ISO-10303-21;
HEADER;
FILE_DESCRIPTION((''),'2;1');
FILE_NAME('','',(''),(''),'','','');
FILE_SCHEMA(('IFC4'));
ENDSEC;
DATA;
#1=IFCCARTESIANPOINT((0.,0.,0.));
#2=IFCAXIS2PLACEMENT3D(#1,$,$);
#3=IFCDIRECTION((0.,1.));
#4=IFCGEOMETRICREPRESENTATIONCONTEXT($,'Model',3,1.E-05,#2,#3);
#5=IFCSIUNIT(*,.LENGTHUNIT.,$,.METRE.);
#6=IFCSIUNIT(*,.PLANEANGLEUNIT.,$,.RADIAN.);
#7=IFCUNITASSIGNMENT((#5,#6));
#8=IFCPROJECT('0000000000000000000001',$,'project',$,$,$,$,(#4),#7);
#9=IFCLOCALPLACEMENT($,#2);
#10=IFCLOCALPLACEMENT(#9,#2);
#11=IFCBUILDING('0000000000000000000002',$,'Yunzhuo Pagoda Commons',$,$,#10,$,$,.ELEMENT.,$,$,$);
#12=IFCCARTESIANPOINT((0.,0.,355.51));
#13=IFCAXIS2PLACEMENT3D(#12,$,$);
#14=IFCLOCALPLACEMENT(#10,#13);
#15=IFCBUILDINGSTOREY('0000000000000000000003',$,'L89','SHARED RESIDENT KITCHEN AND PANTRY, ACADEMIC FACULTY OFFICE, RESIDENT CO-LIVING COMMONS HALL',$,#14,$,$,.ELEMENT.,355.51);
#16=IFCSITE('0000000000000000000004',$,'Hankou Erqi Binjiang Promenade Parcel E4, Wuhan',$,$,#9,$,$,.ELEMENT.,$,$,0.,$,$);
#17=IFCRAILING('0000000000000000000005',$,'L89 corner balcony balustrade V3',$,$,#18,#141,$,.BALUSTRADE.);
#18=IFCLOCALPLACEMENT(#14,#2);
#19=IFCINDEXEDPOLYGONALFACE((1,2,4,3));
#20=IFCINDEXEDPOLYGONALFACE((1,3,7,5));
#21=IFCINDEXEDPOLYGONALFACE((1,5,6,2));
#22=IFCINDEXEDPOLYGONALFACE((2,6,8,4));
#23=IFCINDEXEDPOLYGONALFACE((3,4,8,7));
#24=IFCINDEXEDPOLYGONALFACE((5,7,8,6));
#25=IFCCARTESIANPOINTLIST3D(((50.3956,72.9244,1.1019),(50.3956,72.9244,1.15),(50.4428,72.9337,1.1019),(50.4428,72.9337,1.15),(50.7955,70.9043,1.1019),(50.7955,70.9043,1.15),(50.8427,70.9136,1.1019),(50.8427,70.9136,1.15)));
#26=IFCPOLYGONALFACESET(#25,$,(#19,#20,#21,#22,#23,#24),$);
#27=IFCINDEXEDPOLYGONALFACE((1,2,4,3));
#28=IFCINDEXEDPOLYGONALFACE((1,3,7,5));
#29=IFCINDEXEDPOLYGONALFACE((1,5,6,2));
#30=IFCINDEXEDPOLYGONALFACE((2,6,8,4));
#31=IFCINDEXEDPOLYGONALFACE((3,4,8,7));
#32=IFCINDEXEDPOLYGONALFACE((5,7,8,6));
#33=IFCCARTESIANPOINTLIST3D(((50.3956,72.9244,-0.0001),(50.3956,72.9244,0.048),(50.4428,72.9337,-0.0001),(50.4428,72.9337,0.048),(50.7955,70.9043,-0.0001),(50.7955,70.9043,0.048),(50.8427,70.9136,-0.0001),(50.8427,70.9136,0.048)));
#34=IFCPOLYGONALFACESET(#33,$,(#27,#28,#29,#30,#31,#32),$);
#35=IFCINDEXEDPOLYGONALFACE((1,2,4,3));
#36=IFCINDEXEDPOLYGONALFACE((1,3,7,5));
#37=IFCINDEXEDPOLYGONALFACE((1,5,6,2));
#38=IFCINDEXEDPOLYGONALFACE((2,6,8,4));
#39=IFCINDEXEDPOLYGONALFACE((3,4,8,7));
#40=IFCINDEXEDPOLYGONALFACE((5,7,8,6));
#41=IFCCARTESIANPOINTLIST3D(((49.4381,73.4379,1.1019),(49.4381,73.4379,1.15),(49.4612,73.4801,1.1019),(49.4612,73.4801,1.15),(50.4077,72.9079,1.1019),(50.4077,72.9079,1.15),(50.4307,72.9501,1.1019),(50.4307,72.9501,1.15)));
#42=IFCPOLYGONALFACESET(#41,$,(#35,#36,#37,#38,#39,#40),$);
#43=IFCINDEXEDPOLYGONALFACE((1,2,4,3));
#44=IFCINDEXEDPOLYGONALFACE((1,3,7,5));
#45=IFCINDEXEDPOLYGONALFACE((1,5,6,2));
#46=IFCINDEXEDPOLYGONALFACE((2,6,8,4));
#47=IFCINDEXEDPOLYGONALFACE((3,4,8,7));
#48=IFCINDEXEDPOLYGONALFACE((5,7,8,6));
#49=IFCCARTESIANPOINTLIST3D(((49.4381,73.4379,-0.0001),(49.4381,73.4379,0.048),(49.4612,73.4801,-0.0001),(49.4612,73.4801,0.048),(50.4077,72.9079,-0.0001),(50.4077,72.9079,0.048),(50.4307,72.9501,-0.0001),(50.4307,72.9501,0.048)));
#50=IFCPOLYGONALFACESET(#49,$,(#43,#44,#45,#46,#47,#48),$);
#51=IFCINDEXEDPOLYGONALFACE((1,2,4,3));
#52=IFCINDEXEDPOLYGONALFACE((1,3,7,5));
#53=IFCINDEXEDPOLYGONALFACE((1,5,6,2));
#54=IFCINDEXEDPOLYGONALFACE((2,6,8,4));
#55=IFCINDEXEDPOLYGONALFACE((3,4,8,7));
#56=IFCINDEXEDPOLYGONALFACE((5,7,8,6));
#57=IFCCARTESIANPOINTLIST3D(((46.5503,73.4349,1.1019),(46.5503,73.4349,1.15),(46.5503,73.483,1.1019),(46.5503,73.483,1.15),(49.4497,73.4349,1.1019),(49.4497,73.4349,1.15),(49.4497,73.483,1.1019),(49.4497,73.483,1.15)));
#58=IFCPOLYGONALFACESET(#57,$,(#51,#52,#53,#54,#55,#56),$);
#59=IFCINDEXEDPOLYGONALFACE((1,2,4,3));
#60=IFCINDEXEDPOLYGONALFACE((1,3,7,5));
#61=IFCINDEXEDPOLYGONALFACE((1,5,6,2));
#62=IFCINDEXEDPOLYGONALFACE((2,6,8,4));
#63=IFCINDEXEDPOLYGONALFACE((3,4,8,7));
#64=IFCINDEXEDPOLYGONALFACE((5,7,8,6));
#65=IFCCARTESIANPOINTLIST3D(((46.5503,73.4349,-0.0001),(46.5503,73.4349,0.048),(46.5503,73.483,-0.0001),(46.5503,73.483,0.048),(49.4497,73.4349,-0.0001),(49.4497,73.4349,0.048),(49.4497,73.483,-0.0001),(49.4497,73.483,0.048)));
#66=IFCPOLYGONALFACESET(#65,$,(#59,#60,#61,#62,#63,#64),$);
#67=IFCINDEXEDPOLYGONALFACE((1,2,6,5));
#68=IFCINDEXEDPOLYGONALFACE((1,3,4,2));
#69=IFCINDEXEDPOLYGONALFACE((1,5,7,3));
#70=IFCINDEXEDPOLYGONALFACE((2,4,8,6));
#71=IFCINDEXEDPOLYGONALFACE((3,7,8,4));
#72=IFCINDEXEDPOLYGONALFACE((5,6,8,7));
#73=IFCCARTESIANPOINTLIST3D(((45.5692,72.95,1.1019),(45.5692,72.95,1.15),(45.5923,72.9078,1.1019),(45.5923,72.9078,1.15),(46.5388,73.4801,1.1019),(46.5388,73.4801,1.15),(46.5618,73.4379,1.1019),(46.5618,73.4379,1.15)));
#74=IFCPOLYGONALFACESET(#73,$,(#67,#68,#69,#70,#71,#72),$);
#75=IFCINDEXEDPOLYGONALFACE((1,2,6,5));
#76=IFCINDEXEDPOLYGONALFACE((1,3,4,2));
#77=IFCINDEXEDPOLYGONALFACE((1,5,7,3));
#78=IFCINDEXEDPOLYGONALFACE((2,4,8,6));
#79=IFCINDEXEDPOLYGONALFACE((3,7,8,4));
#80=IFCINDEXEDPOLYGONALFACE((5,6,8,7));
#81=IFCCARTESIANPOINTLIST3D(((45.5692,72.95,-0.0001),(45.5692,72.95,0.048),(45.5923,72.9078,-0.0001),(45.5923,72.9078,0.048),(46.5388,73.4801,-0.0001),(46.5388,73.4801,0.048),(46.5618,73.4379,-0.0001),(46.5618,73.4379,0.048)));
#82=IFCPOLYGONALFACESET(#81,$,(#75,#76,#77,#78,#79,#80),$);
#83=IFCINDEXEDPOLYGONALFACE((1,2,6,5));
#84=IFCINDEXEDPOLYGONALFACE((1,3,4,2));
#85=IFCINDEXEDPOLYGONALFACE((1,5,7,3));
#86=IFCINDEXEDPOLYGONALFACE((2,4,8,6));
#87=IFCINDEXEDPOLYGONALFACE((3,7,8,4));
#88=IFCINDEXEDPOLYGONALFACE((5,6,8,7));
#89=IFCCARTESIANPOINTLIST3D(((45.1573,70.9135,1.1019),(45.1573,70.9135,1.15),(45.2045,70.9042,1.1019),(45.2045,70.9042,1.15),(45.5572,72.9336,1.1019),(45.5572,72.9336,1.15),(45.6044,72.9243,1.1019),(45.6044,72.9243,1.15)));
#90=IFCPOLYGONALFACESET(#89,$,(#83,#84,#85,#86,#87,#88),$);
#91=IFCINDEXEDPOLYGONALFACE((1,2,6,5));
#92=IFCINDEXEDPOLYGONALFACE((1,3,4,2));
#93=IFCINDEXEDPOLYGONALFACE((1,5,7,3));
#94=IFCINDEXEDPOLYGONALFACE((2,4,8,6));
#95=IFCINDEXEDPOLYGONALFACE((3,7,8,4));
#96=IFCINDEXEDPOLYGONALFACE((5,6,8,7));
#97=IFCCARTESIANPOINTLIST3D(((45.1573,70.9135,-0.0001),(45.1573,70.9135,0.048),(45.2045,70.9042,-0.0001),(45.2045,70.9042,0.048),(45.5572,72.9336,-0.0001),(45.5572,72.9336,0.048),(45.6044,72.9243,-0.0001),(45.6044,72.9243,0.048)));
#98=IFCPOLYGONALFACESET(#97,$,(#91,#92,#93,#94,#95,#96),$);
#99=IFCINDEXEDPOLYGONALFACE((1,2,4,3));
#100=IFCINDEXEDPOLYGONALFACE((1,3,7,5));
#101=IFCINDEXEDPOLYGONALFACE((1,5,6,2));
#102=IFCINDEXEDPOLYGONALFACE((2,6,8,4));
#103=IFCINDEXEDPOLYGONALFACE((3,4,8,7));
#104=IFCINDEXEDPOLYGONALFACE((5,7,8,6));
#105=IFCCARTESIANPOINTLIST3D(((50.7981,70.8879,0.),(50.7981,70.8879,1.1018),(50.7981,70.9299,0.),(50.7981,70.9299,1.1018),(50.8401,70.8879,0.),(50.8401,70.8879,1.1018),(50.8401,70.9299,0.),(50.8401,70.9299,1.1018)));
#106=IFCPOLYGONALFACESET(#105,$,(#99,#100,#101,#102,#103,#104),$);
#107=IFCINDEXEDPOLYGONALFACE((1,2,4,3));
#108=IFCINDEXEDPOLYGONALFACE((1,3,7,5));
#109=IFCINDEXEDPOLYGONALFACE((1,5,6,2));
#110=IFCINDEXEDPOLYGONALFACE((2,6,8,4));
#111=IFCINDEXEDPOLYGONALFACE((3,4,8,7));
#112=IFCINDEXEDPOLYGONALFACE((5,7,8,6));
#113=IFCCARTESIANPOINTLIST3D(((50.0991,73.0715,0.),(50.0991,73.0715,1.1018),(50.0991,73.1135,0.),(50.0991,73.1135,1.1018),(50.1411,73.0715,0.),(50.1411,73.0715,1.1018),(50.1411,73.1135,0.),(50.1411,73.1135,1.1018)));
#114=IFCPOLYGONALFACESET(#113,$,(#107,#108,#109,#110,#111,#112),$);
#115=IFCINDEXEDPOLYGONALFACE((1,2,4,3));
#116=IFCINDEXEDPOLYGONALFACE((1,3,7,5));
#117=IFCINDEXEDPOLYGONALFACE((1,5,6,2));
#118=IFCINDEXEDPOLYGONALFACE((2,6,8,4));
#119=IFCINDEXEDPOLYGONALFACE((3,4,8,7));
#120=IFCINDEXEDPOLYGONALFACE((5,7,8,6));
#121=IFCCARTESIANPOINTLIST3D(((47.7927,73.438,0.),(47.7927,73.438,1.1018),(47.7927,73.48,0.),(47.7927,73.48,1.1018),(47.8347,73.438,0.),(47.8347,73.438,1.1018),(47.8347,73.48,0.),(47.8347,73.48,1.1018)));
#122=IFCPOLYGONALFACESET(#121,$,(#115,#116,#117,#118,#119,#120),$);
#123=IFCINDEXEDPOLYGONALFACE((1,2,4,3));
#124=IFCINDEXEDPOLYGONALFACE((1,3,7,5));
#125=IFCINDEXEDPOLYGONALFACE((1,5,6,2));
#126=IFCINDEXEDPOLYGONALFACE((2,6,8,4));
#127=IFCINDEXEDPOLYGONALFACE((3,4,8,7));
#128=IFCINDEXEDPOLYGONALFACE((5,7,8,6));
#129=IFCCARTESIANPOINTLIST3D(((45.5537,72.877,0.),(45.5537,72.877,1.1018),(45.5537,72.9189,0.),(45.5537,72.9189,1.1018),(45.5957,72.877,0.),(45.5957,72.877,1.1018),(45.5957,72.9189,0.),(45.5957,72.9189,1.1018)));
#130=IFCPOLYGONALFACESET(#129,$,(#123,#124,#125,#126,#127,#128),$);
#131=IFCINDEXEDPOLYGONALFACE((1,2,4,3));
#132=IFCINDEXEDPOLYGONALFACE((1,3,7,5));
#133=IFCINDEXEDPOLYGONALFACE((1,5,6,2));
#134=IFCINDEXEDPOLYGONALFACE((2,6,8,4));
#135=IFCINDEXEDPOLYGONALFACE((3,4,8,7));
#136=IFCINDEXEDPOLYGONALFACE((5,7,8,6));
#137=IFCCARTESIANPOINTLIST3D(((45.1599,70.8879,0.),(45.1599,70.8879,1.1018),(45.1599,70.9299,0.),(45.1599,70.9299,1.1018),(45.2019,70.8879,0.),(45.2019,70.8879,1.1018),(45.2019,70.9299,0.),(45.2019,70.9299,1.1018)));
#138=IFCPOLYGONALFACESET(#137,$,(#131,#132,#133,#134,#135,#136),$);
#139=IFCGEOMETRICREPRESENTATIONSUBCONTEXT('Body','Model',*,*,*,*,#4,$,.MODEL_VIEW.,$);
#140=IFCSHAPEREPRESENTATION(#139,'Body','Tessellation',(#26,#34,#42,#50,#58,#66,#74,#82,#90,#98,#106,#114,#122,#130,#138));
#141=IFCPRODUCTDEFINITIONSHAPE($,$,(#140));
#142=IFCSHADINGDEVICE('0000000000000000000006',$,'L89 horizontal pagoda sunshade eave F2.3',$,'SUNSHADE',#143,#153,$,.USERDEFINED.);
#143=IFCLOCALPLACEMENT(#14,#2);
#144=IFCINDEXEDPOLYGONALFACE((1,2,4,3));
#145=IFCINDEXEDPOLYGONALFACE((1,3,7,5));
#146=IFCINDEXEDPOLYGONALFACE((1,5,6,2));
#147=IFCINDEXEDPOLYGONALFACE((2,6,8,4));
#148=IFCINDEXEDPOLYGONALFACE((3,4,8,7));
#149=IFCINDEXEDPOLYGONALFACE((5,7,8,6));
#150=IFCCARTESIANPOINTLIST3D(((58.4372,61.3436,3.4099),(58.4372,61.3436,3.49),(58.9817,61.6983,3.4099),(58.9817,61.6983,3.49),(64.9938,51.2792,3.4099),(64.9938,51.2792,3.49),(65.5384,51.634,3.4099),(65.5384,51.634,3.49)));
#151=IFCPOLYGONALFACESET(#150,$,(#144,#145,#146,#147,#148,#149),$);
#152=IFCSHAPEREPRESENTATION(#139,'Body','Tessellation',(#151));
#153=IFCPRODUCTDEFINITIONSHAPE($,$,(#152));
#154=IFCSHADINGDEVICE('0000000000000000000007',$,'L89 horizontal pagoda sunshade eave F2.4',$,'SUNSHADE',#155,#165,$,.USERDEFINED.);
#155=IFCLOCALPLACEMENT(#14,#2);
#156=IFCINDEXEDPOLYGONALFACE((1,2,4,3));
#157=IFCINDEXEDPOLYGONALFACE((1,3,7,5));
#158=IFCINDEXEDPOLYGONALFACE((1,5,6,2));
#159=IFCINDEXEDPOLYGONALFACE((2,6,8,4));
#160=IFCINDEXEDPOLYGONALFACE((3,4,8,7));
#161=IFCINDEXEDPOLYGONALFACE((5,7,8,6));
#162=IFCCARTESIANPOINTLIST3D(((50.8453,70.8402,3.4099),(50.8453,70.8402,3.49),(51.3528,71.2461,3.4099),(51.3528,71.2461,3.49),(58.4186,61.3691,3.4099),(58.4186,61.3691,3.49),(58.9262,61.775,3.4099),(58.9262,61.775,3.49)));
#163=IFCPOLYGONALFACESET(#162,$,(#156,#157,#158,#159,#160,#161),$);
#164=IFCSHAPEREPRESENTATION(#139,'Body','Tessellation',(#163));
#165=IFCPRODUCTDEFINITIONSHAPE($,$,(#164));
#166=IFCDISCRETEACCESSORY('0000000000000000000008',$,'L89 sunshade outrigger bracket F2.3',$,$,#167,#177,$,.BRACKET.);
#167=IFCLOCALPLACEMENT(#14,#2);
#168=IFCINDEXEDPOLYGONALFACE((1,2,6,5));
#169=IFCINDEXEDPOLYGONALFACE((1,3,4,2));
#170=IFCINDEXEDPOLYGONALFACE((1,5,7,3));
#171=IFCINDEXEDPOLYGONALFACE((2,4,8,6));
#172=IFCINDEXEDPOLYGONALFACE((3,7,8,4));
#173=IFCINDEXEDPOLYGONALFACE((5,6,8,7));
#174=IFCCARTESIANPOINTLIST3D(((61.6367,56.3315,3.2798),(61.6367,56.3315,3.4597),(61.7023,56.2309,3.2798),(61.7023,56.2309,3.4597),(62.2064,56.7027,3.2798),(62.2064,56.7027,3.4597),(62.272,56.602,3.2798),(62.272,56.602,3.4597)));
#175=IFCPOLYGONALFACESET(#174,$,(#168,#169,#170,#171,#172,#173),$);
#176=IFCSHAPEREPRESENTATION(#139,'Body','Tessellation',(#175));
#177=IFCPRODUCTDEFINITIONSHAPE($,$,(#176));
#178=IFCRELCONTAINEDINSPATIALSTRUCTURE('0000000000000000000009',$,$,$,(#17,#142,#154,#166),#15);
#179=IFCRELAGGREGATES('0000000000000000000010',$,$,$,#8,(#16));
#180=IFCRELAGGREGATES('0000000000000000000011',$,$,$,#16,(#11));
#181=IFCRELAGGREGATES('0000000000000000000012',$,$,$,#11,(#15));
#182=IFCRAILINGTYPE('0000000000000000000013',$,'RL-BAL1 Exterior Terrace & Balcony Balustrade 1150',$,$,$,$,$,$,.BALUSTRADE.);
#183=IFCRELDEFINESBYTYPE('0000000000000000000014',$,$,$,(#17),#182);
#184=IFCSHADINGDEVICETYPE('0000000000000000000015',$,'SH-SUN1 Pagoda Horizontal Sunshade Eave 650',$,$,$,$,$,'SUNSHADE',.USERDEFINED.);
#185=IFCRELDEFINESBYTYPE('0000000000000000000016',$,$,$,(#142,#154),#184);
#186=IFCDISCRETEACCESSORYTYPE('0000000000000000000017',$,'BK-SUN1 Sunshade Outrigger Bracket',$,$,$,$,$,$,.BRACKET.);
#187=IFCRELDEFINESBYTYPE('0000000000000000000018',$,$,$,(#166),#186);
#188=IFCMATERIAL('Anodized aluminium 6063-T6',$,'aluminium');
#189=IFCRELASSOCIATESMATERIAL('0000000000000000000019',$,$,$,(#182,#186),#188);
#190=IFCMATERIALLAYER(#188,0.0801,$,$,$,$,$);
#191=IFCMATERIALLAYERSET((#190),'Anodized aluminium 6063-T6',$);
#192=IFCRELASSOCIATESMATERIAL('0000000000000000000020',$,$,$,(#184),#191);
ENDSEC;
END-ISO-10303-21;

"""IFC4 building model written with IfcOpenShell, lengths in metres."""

from ifc_helpers import new_model, si_unit, direction, frame, origin, origin_2d, place, context, subcontext, project, spatial, rectangle, extrude, source, transform, mapped, material, layer, layer_set, type_object, element, save


model = new_model("IFC4")

# Units and contexts
model_context = context("Model", 3, precision=1e-05, world=origin(), true_north=direction((0.0, 1.0)))
body_context = subcontext(model_context, "Body", "Model", "MODEL_VIEW")
ifc_project = project(units=[si_unit("LENGTHUNIT", "METRE"), si_unit("PLANEANGLEUNIT", "RADIAN")], contexts=[model_context])

# Site, building, storey
site_placement = place(None, origin())
site = spatial("IfcSite", under=ifc_project, at=site_placement, Name="Hankou Erqi Binjiang Promenade Parcel E4, Wuhan", CompositionType="ELEMENT", RefElevation=0.0)
building_placement = place(site_placement, origin())
building = spatial("IfcBuilding", under=site, at=building_placement, Name="Yunzhuo Pagoda Commons", CompositionType="ELEMENT")
storey_placement = place(building_placement, frame((0.0, 0.0, 355.51)))
storey = spatial("IfcBuildingStorey", under=building, at=storey_placement, Name="L89", Description="SHARED RESIDENT KITCHEN AND PANTRY, ACADEMIC FACULTY OFFICE, RESIDENT CO-LIVING COMMONS HALL", CompositionType="ELEMENT", Elevation=355.51)

# Shared definitions
ifc_material_1 = material(Name="Anodized aluminium 6063-T6", Category="aluminium")

# Railing
railing_type = type_object("IfcRailingType", Name="RL-BAL1 Exterior Terrace & Balcony Balustrade 1150", PredefinedType="BALUSTRADE", material=ifc_material_1)
railing_placement = place(storey_placement, frame((50.8191, 70.9089, 0.0)))
element("IfcRailing", 1, at=railing_placement, inside=storey, type_object=railing_type, Name="L89 corner balcony balustrade V3", PredefinedType="BALUSTRADE", context=body_context, shape_type="SweptSolid", body=[
    extrude(rectangle(XDim=0.0481, YDim=0.0481, at=origin_2d()), frame((0.0, 0.0, 1.126), z_axis=(-0.194201, 0.980962, 0.0), x_axis=(-0.980962, -0.194201, 0.0)), (0.0, 0.0, 1.0), 2.0593),
    extrude(rectangle(XDim=0.0481, YDim=0.0481, at=origin_2d()), frame((0.0, 0.0, 0.0239), z_axis=(-0.194201, 0.980962, 0.0), x_axis=(-0.980962, -0.194201, 0.0)), (0.0, 0.0, 1.0), 2.0593),
    extrude(rectangle(XDim=0.0481, YDim=0.0481, at=origin_2d()), frame((-0.3999, 2.02, 1.126), z_axis=(-0.877431, 0.479703, 0.0), x_axis=(-0.479703, -0.877431, 0.0)), (0.0, 0.0, 1.0), 1.105),
    extrude(rectangle(XDim=0.0481, YDim=0.0481, at=origin_2d()), frame((-0.3999, 2.02, 0.0239), z_axis=(-0.877431, 0.479703, 0.0), x_axis=(-0.479703, -0.877431, 0.0)), (0.0, 0.0, 1.0), 1.105),
    extrude(rectangle(XDim=0.0481, YDim=0.0481, at=origin_2d()), frame((-1.3694, 2.55, 1.126), z_axis=(-1.0, 0.0, 0.0), x_axis=(0.0, -1.0, 0.0)), (0.0, 0.0, 1.0), 2.8994),
    extrude(rectangle(XDim=0.0481, YDim=0.0481, at=origin_2d()), frame((-1.3694, 2.55, 0.0239), z_axis=(-1.0, 0.0, 0.0), x_axis=(0.0, -1.0, 0.0)), (0.0, 0.0, 1.0), 2.8994),
    extrude(rectangle(XDim=0.0481, YDim=0.0481, at=origin_2d()), frame((-4.2688, 2.55, 1.126), z_axis=(-0.877431, -0.479703, 0.0), x_axis=(0.479703, -0.877431, 0.0)), (0.0, 0.0, 1.0), 1.105),
    extrude(rectangle(XDim=0.0481, YDim=0.0481, at=origin_2d()), frame((-4.2688, 2.55, 0.0239), z_axis=(-0.877431, -0.479703, 0.0), x_axis=(0.479703, -0.877431, 0.0)), (0.0, 0.0, 1.0), 1.105),
    extrude(rectangle(XDim=0.0481, YDim=0.0481, at=origin_2d()), frame((-5.2383, 2.02, 1.126), z_axis=(-0.194201, -0.980962, 0.0), x_axis=(0.980962, -0.194201, 0.0)), (0.0, 0.0, 1.0), 2.0593),
    extrude(rectangle(XDim=0.0481, YDim=0.0481, at=origin_2d()), frame((-5.2383, 2.02, 0.0239), z_axis=(-0.194201, -0.980962, 0.0), x_axis=(0.980962, -0.194201, 0.0)), (0.0, 0.0, 1.0), 2.0593),
    extrude(rectangle(XDim=0.042, YDim=0.042, at=origin_2d()), origin(), (0.0, 0.0, 1.0), 1.1018),
    extrude(rectangle(XDim=0.042, YDim=0.042, at=origin_2d()), frame((-0.699, 2.1836, 0.0)), (0.0, 0.0, 1.0), 1.1018),
    extrude(rectangle(XDim=0.042, YDim=0.042, at=origin_2d()), frame((-3.0054, 2.55, 0.0)), (0.0, 0.0, 1.0), 1.1018),
    extrude(rectangle(XDim=0.042, YDim=0.042, at=origin_2d()), frame((-5.2444, 1.989, 0.0)), (0.0, 0.0, 1.0), 1.1018),
    extrude(rectangle(XDim=0.042, YDim=0.042, at=origin_2d()), frame((-5.6382, 0.0, 0.0)), (0.0, 0.0, 1.0), 1.1018),
])

# Shading devices
ifc_layer_1 = layer(ifc_material_1, 0.0801)
ifc_layer_set_1 = layer_set([ifc_layer_1], Name="Anodized aluminium 6063-T6")
shading_device_type = type_object("IfcShadingDeviceType", Name="SH-SUN1 Pagoda Horizontal Sunshade Eave 650", ElementType="SUNSHADE", PredefinedType="USERDEFINED", material=ifc_layer_set_1)
shared_shape_1 = source(origin(), body_context, "Body", "SweptSolid", [
    extrude(rectangle(XDim=12.0117, YDim=0.6499, at=origin_2d()), origin(), (0.0, 0.0, 1.0), 0.0801),
])
shading_device_1_placement = place(storey_placement, frame((61.9878, 56.4888, 3.4099), z_axis=(0.0, 0.0, 1.0), x_axis=(-0.545853, 0.837881, 0.0)))
element("IfcShadingDevice", 2, at=shading_device_1_placement, inside=storey, type_object=shading_device_type, Name="L89 horizontal pagoda sunshade eave F2.3", ObjectType="SUNSHADE", PredefinedType="USERDEFINED", context=body_context, shape_type="MappedRepresentation", body=[
    mapped(shared_shape_1, transform((0.0, 0.0, 0.0), scale=1.0)),
])
shared_shape_2 = source(origin(), body_context, "Body", "SweptSolid", [
    extrude(rectangle(XDim=12.1267, YDim=0.6499, at=origin_2d()), origin(), (0.0, 0.0, 1.0), 0.0801),
])
shading_device_2_placement = place(storey_placement, frame((54.8857, 66.3076, 3.4099), z_axis=(0.0, 0.0, 1.0), x_axis=(-0.62452, 0.781008, 0.0)))
element("IfcShadingDevice", 3, at=shading_device_2_placement, inside=storey, type_object=shading_device_type, Name="L89 horizontal pagoda sunshade eave F2.4", ObjectType="SUNSHADE", PredefinedType="USERDEFINED", context=body_context, shape_type="MappedRepresentation", body=[
    mapped(shared_shape_2, transform((0.0, 0.0, 0.0), scale=1.0)),
])

# Discrete accessory
discrete_accessory_type = type_object("IfcDiscreteAccessoryType", Name="BK-SUN1 Sunshade Outrigger Bracket", PredefinedType="BRACKET", material=ifc_material_1)
shared_shape_3 = source(origin(), body_context, "Body", "SweptSolid", [
    extrude(rectangle(XDim=0.1201, YDim=0.6799, at=origin_2d()), origin(), (0.0, 0.0, 1.0), 0.1799),
])
discrete_accessory_placement = place(storey_placement, frame((61.9543, 56.4668, 3.2798), z_axis=(0.0, 0.0, 1.0), x_axis=(-0.545853, 0.837881, 0.0)))
element("IfcDiscreteAccessory", 4, at=discrete_accessory_placement, inside=storey, type_object=discrete_accessory_type, Name="L89 sunshade outrigger bracket F2.3", PredefinedType="BRACKET", context=body_context, shape_type="MappedRepresentation", body=[
    mapped(shared_shape_3, transform((0.0, 0.0, 0.0), scale=1.0)),
])

save(model, "model.ifc")
